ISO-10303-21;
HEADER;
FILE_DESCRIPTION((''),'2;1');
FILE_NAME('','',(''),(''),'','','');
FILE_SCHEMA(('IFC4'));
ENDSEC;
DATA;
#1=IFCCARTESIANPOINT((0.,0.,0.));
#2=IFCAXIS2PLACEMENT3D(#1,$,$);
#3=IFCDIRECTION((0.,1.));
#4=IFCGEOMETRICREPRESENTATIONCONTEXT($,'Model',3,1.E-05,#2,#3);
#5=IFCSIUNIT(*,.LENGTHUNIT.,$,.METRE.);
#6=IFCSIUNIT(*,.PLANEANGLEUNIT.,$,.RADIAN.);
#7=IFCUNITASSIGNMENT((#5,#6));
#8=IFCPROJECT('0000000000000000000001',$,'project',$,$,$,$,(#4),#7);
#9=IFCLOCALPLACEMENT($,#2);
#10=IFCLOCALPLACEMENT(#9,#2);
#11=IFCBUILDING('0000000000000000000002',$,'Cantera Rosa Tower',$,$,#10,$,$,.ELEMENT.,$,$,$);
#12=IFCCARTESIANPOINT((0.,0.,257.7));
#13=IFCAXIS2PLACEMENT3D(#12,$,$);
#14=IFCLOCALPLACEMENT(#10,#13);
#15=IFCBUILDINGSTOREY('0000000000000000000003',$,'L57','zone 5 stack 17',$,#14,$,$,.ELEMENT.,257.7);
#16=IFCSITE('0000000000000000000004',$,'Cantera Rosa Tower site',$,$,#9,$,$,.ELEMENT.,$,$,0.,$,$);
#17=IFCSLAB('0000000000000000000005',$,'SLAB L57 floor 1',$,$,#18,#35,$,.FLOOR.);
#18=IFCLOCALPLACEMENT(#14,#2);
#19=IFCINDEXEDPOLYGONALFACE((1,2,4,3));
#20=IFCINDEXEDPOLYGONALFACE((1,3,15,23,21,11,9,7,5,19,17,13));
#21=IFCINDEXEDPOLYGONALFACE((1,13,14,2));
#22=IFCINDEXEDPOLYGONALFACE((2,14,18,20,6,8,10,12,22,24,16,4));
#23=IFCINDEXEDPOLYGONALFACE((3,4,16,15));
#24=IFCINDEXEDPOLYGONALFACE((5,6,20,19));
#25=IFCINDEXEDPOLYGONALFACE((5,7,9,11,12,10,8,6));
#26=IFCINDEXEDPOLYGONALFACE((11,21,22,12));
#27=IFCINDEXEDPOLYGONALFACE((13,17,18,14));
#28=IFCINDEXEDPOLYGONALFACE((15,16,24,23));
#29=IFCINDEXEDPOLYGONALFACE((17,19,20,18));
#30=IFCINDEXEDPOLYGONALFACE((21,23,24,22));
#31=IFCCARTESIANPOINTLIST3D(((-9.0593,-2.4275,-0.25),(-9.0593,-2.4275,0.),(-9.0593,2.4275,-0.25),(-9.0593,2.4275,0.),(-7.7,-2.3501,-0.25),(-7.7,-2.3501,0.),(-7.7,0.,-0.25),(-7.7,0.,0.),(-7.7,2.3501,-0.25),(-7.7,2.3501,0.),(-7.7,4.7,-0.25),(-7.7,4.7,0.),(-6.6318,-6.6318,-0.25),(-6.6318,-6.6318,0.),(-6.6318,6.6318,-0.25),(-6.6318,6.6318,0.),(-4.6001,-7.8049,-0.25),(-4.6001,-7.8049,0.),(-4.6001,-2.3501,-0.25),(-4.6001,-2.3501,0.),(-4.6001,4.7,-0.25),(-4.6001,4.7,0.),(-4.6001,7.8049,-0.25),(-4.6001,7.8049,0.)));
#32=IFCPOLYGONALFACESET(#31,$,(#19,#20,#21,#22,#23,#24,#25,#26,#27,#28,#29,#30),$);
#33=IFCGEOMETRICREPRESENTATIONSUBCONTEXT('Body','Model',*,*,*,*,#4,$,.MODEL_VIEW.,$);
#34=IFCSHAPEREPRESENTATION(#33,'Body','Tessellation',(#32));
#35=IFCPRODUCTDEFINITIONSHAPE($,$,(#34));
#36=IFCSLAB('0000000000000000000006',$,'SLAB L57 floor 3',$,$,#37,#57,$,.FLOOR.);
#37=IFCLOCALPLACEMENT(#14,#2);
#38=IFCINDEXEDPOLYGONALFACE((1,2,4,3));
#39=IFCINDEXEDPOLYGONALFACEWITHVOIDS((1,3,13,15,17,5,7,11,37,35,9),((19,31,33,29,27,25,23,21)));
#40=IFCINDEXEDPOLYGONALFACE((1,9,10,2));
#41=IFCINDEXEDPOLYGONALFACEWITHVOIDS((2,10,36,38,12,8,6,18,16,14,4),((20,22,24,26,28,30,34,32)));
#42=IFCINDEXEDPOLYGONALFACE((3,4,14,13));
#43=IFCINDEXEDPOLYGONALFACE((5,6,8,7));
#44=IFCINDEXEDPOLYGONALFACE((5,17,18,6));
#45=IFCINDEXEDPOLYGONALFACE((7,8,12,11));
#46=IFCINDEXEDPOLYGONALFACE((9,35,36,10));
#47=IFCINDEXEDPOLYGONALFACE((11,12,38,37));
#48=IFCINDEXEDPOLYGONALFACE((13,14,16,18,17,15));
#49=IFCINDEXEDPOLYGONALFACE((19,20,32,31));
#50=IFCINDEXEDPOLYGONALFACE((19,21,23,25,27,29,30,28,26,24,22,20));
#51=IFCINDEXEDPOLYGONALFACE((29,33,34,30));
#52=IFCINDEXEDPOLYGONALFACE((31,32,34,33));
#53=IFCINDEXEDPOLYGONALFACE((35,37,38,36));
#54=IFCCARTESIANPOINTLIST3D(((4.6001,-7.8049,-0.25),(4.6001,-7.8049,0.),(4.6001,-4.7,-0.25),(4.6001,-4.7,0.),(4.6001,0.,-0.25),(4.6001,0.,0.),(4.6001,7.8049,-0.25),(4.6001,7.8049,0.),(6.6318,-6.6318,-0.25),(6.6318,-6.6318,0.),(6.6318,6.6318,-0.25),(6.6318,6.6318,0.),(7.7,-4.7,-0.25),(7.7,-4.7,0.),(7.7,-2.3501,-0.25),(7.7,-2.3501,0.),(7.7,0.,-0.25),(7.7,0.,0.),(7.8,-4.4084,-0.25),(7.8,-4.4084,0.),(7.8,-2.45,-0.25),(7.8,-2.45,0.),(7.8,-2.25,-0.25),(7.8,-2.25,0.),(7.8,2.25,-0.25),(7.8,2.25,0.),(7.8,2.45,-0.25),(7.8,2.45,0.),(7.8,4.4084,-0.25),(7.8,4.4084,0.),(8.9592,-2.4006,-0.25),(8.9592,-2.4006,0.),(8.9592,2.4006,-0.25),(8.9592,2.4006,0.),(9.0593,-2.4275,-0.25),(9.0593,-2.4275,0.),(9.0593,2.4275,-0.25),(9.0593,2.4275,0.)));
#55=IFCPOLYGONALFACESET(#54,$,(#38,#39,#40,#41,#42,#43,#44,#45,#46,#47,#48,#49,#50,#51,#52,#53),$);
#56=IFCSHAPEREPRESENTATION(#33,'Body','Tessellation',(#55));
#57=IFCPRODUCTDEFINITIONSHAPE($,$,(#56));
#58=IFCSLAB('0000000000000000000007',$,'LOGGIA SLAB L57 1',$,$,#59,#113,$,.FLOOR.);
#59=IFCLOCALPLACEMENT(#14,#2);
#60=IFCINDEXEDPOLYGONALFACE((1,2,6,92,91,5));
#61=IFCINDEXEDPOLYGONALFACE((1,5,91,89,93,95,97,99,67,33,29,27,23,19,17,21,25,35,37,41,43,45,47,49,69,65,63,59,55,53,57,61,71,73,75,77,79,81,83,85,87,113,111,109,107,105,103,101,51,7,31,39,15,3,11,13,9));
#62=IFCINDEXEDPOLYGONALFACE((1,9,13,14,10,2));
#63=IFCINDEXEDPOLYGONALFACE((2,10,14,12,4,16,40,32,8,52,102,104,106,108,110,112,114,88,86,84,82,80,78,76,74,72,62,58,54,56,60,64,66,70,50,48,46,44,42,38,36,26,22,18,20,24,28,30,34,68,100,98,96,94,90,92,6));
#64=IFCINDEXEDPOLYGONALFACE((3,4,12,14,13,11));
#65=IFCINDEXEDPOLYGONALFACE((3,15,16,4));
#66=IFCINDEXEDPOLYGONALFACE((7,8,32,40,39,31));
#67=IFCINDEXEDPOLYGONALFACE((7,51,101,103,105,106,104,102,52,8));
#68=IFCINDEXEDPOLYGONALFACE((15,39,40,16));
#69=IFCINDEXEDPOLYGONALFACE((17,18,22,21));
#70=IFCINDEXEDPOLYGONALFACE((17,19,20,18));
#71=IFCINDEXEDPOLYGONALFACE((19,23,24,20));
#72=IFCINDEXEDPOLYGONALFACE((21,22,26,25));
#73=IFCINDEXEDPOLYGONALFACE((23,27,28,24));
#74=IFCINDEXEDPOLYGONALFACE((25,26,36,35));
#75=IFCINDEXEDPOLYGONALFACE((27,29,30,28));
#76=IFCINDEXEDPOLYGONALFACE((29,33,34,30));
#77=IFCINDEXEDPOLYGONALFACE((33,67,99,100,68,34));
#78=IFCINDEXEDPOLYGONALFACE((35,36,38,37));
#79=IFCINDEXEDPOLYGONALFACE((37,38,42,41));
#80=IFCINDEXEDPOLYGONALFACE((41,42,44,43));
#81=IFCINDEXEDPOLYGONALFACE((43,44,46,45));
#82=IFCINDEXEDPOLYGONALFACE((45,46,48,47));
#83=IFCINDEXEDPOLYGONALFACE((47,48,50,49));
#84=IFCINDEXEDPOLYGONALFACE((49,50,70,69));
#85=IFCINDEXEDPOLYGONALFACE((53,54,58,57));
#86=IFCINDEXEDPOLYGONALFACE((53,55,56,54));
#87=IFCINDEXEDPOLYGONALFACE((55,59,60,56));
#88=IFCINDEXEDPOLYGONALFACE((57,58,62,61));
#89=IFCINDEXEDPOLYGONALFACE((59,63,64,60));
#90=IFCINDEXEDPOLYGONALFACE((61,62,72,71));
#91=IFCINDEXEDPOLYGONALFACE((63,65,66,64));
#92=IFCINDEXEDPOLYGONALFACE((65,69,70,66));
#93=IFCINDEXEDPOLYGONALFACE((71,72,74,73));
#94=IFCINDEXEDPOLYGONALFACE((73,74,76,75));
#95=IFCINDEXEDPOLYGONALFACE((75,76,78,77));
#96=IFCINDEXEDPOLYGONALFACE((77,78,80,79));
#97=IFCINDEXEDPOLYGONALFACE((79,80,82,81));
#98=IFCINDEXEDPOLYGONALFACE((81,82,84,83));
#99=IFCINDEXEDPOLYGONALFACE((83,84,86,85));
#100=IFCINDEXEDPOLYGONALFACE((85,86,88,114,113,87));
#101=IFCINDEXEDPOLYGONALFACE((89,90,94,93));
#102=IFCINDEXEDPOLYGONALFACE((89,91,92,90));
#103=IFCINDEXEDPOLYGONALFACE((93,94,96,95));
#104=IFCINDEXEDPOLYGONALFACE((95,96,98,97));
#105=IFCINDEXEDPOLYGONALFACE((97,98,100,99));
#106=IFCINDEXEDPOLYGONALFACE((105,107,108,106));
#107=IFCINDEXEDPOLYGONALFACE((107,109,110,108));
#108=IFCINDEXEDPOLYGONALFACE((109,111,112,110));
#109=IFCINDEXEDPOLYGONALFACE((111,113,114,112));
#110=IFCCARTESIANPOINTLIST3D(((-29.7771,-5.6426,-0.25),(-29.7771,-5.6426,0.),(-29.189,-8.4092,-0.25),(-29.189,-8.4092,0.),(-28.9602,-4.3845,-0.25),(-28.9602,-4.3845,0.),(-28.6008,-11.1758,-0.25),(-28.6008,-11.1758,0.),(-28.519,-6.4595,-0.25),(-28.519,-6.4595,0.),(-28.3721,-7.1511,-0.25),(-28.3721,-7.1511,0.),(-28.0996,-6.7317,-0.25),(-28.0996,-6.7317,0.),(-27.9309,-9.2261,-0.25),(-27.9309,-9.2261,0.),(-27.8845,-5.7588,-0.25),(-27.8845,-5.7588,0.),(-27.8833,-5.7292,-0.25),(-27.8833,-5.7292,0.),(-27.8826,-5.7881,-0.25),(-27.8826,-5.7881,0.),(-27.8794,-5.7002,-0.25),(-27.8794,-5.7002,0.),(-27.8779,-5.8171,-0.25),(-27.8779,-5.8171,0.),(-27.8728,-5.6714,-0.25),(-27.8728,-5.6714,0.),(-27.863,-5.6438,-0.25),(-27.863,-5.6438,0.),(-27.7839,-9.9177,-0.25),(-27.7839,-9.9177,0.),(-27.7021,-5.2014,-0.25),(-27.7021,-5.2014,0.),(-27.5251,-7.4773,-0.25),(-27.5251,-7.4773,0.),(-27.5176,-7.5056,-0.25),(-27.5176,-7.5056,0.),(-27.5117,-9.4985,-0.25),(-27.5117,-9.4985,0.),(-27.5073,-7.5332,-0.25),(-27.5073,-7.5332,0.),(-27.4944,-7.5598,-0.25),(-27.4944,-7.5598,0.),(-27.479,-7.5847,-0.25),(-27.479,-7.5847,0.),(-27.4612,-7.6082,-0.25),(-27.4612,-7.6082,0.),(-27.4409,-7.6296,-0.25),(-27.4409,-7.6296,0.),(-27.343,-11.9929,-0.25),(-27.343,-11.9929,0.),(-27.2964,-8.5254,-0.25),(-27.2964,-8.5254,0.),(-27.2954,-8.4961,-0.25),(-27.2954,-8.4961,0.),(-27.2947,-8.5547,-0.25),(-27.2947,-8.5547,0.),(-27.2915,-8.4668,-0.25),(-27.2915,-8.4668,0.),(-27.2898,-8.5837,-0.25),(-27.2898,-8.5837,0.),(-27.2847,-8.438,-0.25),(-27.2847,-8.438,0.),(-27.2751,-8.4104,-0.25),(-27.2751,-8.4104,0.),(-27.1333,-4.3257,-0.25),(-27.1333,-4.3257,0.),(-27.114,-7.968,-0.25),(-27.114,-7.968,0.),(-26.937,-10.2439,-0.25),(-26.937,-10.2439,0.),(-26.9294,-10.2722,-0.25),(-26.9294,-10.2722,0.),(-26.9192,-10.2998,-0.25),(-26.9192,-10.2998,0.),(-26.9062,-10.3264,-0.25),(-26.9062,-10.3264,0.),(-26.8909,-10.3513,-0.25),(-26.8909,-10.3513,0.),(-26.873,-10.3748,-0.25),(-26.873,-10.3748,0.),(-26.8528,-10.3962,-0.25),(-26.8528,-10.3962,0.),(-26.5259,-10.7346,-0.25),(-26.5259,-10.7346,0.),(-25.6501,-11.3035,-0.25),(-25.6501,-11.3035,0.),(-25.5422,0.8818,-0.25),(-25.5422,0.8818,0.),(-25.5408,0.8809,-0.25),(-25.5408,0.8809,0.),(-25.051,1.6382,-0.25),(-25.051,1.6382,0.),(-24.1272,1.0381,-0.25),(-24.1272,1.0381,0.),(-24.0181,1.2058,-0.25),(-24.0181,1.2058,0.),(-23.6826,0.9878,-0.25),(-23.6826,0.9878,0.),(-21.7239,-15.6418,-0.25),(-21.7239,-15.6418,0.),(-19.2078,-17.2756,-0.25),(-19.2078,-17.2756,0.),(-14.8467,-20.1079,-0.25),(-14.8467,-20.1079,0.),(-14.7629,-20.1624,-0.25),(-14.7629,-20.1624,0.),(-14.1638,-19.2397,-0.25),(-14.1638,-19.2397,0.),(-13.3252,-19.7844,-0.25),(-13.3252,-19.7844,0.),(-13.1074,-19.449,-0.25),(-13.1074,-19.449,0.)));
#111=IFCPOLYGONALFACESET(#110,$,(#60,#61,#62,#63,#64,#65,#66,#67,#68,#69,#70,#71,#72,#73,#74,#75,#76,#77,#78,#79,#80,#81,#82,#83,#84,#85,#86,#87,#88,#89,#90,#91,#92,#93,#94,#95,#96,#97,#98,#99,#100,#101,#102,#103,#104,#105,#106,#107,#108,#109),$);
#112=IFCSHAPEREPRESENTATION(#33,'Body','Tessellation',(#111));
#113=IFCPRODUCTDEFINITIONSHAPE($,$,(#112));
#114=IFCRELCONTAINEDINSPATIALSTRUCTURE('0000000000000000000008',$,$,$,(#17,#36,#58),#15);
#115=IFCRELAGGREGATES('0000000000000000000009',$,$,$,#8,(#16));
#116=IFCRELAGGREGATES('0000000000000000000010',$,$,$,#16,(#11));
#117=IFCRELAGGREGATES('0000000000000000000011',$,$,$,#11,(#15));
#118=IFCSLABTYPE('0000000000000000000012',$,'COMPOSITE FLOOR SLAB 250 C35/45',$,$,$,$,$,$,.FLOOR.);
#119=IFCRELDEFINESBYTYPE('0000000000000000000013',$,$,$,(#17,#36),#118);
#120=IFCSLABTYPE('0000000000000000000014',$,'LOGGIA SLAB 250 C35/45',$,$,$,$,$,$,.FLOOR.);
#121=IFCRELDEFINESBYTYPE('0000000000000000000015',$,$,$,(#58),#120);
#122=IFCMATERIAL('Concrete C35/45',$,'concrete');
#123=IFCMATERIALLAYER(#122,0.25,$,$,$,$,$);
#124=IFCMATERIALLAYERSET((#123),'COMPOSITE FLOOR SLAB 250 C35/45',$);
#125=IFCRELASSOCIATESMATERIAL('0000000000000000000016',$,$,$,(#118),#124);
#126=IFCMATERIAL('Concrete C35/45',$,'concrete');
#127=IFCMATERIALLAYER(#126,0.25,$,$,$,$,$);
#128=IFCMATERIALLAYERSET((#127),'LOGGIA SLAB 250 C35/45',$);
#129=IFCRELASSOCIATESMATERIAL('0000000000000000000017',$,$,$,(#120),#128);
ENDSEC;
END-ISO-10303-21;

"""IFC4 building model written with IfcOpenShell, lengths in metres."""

from ifc_helpers import new_model, si_unit, direction, frame, origin, place, context, subcontext, project, spatial, polyline, outline, extrude, material, layer, layer_set, type_object, element, save


model = new_model("IFC4")

# Units and contexts
model_context = context("Model", 3, precision=1e-05, world=origin(), true_north=direction((0.0, 1.0)))
body_context = subcontext(model_context, "Body", "Model", "MODEL_VIEW")
ifc_project = project(units=[si_unit("LENGTHUNIT", "METRE"), si_unit("PLANEANGLEUNIT", "RADIAN")], contexts=[model_context])

# Site, building, storey
site_placement = place(None, origin())
site = spatial("IfcSite", under=ifc_project, at=site_placement, Name="Cantera Rosa Tower site", CompositionType="ELEMENT", RefElevation=0.0)
building_placement = place(site_placement, origin())
building = spatial("IfcBuilding", under=site, at=building_placement, Name="Cantera Rosa Tower", CompositionType="ELEMENT")
storey_placement = place(building_placement, frame((0.0, 0.0, 257.7)))
storey = spatial("IfcBuildingStorey", under=building, at=storey_placement, Name="L57", Description="zone 5 stack 17", CompositionType="ELEMENT", Elevation=257.7)

# Slabs
ifc_material_1 = material(Name="Concrete C35/45", Category="concrete")
ifc_layer_1 = layer(ifc_material_1, 0.25)
ifc_layer_set_1 = layer_set([ifc_layer_1], Name="COMPOSITE FLOOR SLAB 250 C35/45")
slab_type_1 = type_object("IfcSlabType", Name="COMPOSITE FLOOR SLAB 250 C35/45", PredefinedType="FLOOR", material=ifc_layer_set_1)
slab_1_placement = place(storey_placement, frame((0.0, 0.0, -0.25)))
element("IfcSlab", 1, at=slab_1_placement, inside=storey, type_object=slab_type_1, Name="SLAB L57 floor 1", PredefinedType="FLOOR", context=body_context, shape_type="SweptSolid", body=[
    extrude(outline(polyline([(-4.6001, -2.3501), (-4.6001, -7.8049), (-6.6318, -6.6318), (-9.0593, -2.4275), (-9.0593, 2.4275), (-6.6318, 6.6318), (-4.6001, 7.8049), (-4.6001, 4.7), (-7.7, 4.7), (-7.7, 2.3501), (-7.7, 0.0), (-7.7, -2.3501), (-4.6001, -2.3501)])), origin(), (0.0, 0.0, 1.0), 0.25),
])
slab_2_placement = place(storey_placement, frame((0.0, 0.0, -0.25)))
element("IfcSlab", 2, at=slab_2_placement, inside=storey, type_object=slab_type_1, Name="SLAB L57 floor 3", PredefinedType="FLOOR", context=body_context, shape_type="SweptSolid", body=[
    extrude(outline(polyline([(7.7, 0.0), (4.6001, 0.0), (4.6001, 7.8049), (6.6318, 6.6318), (9.0593, 2.4275), (9.0593, -2.4275), (6.6318, -6.6318), (4.6001, -7.8049), (4.6001, -4.7), (7.7, -4.7), (7.7, -2.3501), (7.7, 0.0)]), holes=[polyline([(7.8, 4.4084), (7.8, 2.45), (7.8, 2.25), (7.8, -2.25), (7.8, -2.45), (7.8, -4.4084), (8.9592, -2.4006), (8.9592, 2.4006), (7.8, 4.4084)])]), origin(), (0.0, 0.0, 1.0), 0.25),
])
ifc_material_2 = material(Name="Concrete C35/45", Category="concrete")
ifc_layer_2 = layer(ifc_material_2, 0.25)
ifc_layer_set_2 = layer_set([ifc_layer_2], Name="LOGGIA SLAB 250 C35/45")
slab_type_2 = type_object("IfcSlabType", Name="LOGGIA SLAB 250 C35/45", PredefinedType="FLOOR", material=ifc_layer_set_2)
slab_3_placement = place(storey_placement, frame((0.0, 0.0, -0.25)))
element("IfcSlab", 3, at=slab_3_placement, inside=storey, type_object=slab_type_2, Name="LOGGIA SLAB L57 1", PredefinedType="FLOOR", context=body_context, shape_type="SweptSolid", body=[
    extrude(outline(polyline([(-21.7239, -15.6418), (-27.343, -11.9929), (-28.6008, -11.1758), (-27.7839, -9.9177), (-27.5117, -9.4985), (-27.9309, -9.2261), (-29.189, -8.4092), (-28.3721, -7.1511), (-28.0996, -6.7317), (-28.519, -6.4595), (-29.7771, -5.6426), (-28.9602, -4.3845), (-25.5408, 0.8809), (-25.5422, 0.8818), (-25.051, 1.6382), (-24.1272, 1.0381), (-24.0181, 1.2058), (-23.6826, 0.9878), (-27.1333, -4.3257), (-27.7021, -5.2014), (-27.863, -5.6438), (-27.8728, -5.6714), (-27.8794, -5.7002), (-27.8833, -5.7292), (-27.8845, -5.7588), (-27.8826, -5.7881), (-27.8779, -5.8171), (-27.5251, -7.4773), (-27.5176, -7.5056), (-27.5073, -7.5332), (-27.4944, -7.5598), (-27.479, -7.5847), (-27.4612, -7.6082), (-27.4409, -7.6296), (-27.114, -7.968), (-27.2751, -8.4104), (-27.2847, -8.438), (-27.2915, -8.4668), (-27.2954, -8.4961), (-27.2964, -8.5254), (-27.2947, -8.5547), (-27.2898, -8.5837), (-26.937, -10.2439), (-26.9294, -10.2722), (-26.9192, -10.2998), (-26.9062, -10.3264), (-26.8909, -10.3513), (-26.873, -10.3748), (-26.8528, -10.3962), (-26.5259, -10.7346), (-25.6501, -11.3035), (-13.1074, -19.449), (-13.3252, -19.7844), (-14.1638, -19.2397), (-14.7629, -20.1624), (-14.8467, -20.1079), (-19.2078, -17.2756), (-21.7239, -15.6418)])), origin(), (0.0, 0.0, 1.0), 0.25),
])

save(model, "model.ifc")
